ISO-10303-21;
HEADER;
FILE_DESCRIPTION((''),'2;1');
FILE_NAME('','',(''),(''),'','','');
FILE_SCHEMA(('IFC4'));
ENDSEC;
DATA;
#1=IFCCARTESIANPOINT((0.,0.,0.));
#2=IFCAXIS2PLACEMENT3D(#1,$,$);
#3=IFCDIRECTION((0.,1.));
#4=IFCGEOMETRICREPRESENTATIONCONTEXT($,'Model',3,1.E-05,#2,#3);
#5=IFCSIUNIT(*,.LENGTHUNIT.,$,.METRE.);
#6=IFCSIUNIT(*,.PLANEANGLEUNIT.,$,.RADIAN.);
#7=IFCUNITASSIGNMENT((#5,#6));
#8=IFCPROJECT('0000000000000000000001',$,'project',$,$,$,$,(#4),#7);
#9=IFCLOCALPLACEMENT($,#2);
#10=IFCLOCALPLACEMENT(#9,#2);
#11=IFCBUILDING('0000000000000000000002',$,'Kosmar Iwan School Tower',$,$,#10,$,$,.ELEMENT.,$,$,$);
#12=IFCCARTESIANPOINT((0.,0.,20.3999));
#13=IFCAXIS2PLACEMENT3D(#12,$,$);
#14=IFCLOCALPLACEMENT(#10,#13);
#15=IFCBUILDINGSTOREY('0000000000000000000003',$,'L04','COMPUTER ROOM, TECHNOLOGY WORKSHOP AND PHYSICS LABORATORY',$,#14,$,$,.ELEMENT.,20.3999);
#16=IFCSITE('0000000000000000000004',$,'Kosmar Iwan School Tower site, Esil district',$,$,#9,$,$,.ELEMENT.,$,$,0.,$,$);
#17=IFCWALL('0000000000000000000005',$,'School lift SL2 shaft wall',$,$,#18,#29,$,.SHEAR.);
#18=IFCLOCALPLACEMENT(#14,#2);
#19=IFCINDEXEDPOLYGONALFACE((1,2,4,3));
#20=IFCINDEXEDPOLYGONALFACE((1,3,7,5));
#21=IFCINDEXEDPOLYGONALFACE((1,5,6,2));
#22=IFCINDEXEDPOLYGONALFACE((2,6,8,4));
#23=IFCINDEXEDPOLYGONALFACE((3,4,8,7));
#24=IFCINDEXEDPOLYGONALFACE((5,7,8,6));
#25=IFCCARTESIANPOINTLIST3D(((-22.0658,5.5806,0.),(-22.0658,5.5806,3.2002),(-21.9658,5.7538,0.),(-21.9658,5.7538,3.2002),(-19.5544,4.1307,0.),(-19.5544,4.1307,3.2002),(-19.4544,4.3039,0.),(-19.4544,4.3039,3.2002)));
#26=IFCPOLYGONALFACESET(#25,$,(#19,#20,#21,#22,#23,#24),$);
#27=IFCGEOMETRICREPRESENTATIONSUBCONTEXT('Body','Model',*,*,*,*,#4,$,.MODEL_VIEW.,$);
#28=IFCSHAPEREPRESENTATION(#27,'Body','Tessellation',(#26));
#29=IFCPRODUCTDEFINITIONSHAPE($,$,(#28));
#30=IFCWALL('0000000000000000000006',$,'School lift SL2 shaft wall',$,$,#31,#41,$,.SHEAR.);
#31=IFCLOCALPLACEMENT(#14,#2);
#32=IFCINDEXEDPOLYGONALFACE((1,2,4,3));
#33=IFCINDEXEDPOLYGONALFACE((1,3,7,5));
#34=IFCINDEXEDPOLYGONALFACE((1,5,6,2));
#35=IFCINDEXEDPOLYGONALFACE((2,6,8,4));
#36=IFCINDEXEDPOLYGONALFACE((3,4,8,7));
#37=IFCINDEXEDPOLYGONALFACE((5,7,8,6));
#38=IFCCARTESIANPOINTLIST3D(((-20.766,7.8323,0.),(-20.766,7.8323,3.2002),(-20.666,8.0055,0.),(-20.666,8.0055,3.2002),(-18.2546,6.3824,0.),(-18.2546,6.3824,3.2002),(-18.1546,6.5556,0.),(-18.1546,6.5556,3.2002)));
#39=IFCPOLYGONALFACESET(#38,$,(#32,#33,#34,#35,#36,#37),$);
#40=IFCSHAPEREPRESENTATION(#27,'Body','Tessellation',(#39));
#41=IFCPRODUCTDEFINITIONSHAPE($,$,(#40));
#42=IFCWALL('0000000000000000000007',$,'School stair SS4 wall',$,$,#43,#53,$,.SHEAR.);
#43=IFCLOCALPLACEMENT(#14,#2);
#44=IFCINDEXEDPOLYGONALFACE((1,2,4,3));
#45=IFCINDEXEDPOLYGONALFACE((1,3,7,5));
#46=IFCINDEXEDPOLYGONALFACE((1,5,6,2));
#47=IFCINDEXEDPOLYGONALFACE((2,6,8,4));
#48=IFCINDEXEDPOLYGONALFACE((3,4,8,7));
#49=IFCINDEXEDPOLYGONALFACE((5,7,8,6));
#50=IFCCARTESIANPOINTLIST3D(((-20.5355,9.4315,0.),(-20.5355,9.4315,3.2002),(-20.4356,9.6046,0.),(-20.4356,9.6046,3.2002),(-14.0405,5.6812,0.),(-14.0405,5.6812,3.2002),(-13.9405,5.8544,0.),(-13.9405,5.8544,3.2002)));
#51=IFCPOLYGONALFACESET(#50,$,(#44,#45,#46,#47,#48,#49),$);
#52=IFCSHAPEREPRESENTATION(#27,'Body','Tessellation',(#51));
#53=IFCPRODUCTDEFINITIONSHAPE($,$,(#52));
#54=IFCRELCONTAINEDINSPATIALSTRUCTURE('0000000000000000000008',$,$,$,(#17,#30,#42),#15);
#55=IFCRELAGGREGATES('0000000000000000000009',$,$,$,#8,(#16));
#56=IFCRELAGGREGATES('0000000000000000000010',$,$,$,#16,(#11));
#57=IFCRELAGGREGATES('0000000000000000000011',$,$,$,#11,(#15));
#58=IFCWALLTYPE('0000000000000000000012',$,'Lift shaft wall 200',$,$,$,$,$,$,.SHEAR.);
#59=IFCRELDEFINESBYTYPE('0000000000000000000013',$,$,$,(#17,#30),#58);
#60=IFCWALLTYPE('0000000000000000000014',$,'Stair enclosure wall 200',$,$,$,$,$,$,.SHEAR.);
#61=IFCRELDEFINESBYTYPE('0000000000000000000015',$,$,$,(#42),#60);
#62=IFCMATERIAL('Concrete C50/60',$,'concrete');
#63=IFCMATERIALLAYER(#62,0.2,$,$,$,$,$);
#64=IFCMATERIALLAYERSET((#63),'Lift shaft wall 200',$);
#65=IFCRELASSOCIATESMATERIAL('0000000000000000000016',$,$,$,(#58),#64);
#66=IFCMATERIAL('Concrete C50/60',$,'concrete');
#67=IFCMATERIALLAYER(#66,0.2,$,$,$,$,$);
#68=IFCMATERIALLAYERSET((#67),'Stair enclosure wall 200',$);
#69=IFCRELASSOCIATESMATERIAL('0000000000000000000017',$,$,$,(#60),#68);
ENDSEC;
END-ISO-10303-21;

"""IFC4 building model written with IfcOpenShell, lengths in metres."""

from ifc_helpers import new_model, si_unit, direction, frame, frame_2d, origin, place, context, subcontext, project, spatial, rectangle, extrude, material, layer, layer_set, type_object, element, save


model = new_model("IFC4")

# Units and contexts
model_context = context("Model", 3, precision=1e-05, world=origin(), true_north=direction((0.0, 1.0)))
body_context = subcontext(model_context, "Body", "Model", "MODEL_VIEW")
ifc_project = project(units=[si_unit("LENGTHUNIT", "METRE"), si_unit("PLANEANGLEUNIT", "RADIAN")], contexts=[model_context])

# Site, building, storey
site_placement = place(None, origin())
site = spatial("IfcSite", under=ifc_project, at=site_placement, Name="Kosmar Iwan School Tower site, Esil district", CompositionType="ELEMENT", RefElevation=0.0)
building_placement = place(site_placement, origin())
building = spatial("IfcBuilding", under=site, at=building_placement, Name="Kosmar Iwan School Tower", CompositionType="ELEMENT")
storey_placement = place(building_placement, frame((0.0, 0.0, 20.3999)))
storey = spatial("IfcBuildingStorey", under=building, at=storey_placement, Name="L04", Description="COMPUTER ROOM, TECHNOLOGY WORKSHOP AND PHYSICS LABORATORY", CompositionType="ELEMENT", Elevation=20.3999)

# Walls
ifc_material_1 = material(Name="Concrete C50/60", Category="concrete")
ifc_layer_1 = layer(ifc_material_1, 0.2)
ifc_layer_set_1 = layer_set([ifc_layer_1], Name="Lift shaft wall 200")
wall_type_1 = type_object("IfcWallType", Name="Lift shaft wall 200", PredefinedType="SHEAR", material=ifc_layer_set_1)
for number, where, z_axis, x_axis, name in (
    (1, (-19.5044, 4.2173, 0.0), (0.0, 0.0, 1.0), (-0.866033, 0.499987, 0.0), "School lift SL2 shaft wall"),
    (2, (-18.2046, 6.469, 0.0), (0.0, 0.0, 1.0), (-0.866033, 0.499987, 0.0), "School lift SL2 shaft wall"),
):
    element("IfcWall", number, at=place(storey_placement, frame(where, z_axis=z_axis, x_axis=x_axis)), inside=storey, type_object=wall_type_1, Name=name, PredefinedType="SHEAR", context=body_context, shape_type="SweptSolid", body=[
        extrude(rectangle(XDim=2.8999, YDim=0.2, at=frame_2d((1.45, 0.0))), origin(), (0.0, 0.0, 1.0), 3.2002),
    ])
ifc_material_2 = material(Name="Concrete C50/60", Category="concrete")
ifc_layer_2 = layer(ifc_material_2, 0.2)
ifc_layer_set_2 = layer_set([ifc_layer_2], Name="Stair enclosure wall 200")
wall_type_2 = type_object("IfcWallType", Name="Stair enclosure wall 200", PredefinedType="SHEAR", material=ifc_layer_set_2)
wall_placement = place(storey_placement, frame((-13.9905, 5.7678, 0.0), z_axis=(0.0, 0.0, 1.0), x_axis=(-0.866009, 0.500029, 0.0)))
element("IfcWall", 3, at=wall_placement, inside=storey, type_object=wall_type_2, Name="School stair SS4 wall", PredefinedType="SHEAR", context=body_context, shape_type="SweptSolid", body=[
    extrude(rectangle(XDim=7.5, YDim=0.2, at=frame_2d((3.75, 0.0))), origin(), (0.0, 0.0, 1.0), 3.2002),
])

save(model, "model.ifc")
